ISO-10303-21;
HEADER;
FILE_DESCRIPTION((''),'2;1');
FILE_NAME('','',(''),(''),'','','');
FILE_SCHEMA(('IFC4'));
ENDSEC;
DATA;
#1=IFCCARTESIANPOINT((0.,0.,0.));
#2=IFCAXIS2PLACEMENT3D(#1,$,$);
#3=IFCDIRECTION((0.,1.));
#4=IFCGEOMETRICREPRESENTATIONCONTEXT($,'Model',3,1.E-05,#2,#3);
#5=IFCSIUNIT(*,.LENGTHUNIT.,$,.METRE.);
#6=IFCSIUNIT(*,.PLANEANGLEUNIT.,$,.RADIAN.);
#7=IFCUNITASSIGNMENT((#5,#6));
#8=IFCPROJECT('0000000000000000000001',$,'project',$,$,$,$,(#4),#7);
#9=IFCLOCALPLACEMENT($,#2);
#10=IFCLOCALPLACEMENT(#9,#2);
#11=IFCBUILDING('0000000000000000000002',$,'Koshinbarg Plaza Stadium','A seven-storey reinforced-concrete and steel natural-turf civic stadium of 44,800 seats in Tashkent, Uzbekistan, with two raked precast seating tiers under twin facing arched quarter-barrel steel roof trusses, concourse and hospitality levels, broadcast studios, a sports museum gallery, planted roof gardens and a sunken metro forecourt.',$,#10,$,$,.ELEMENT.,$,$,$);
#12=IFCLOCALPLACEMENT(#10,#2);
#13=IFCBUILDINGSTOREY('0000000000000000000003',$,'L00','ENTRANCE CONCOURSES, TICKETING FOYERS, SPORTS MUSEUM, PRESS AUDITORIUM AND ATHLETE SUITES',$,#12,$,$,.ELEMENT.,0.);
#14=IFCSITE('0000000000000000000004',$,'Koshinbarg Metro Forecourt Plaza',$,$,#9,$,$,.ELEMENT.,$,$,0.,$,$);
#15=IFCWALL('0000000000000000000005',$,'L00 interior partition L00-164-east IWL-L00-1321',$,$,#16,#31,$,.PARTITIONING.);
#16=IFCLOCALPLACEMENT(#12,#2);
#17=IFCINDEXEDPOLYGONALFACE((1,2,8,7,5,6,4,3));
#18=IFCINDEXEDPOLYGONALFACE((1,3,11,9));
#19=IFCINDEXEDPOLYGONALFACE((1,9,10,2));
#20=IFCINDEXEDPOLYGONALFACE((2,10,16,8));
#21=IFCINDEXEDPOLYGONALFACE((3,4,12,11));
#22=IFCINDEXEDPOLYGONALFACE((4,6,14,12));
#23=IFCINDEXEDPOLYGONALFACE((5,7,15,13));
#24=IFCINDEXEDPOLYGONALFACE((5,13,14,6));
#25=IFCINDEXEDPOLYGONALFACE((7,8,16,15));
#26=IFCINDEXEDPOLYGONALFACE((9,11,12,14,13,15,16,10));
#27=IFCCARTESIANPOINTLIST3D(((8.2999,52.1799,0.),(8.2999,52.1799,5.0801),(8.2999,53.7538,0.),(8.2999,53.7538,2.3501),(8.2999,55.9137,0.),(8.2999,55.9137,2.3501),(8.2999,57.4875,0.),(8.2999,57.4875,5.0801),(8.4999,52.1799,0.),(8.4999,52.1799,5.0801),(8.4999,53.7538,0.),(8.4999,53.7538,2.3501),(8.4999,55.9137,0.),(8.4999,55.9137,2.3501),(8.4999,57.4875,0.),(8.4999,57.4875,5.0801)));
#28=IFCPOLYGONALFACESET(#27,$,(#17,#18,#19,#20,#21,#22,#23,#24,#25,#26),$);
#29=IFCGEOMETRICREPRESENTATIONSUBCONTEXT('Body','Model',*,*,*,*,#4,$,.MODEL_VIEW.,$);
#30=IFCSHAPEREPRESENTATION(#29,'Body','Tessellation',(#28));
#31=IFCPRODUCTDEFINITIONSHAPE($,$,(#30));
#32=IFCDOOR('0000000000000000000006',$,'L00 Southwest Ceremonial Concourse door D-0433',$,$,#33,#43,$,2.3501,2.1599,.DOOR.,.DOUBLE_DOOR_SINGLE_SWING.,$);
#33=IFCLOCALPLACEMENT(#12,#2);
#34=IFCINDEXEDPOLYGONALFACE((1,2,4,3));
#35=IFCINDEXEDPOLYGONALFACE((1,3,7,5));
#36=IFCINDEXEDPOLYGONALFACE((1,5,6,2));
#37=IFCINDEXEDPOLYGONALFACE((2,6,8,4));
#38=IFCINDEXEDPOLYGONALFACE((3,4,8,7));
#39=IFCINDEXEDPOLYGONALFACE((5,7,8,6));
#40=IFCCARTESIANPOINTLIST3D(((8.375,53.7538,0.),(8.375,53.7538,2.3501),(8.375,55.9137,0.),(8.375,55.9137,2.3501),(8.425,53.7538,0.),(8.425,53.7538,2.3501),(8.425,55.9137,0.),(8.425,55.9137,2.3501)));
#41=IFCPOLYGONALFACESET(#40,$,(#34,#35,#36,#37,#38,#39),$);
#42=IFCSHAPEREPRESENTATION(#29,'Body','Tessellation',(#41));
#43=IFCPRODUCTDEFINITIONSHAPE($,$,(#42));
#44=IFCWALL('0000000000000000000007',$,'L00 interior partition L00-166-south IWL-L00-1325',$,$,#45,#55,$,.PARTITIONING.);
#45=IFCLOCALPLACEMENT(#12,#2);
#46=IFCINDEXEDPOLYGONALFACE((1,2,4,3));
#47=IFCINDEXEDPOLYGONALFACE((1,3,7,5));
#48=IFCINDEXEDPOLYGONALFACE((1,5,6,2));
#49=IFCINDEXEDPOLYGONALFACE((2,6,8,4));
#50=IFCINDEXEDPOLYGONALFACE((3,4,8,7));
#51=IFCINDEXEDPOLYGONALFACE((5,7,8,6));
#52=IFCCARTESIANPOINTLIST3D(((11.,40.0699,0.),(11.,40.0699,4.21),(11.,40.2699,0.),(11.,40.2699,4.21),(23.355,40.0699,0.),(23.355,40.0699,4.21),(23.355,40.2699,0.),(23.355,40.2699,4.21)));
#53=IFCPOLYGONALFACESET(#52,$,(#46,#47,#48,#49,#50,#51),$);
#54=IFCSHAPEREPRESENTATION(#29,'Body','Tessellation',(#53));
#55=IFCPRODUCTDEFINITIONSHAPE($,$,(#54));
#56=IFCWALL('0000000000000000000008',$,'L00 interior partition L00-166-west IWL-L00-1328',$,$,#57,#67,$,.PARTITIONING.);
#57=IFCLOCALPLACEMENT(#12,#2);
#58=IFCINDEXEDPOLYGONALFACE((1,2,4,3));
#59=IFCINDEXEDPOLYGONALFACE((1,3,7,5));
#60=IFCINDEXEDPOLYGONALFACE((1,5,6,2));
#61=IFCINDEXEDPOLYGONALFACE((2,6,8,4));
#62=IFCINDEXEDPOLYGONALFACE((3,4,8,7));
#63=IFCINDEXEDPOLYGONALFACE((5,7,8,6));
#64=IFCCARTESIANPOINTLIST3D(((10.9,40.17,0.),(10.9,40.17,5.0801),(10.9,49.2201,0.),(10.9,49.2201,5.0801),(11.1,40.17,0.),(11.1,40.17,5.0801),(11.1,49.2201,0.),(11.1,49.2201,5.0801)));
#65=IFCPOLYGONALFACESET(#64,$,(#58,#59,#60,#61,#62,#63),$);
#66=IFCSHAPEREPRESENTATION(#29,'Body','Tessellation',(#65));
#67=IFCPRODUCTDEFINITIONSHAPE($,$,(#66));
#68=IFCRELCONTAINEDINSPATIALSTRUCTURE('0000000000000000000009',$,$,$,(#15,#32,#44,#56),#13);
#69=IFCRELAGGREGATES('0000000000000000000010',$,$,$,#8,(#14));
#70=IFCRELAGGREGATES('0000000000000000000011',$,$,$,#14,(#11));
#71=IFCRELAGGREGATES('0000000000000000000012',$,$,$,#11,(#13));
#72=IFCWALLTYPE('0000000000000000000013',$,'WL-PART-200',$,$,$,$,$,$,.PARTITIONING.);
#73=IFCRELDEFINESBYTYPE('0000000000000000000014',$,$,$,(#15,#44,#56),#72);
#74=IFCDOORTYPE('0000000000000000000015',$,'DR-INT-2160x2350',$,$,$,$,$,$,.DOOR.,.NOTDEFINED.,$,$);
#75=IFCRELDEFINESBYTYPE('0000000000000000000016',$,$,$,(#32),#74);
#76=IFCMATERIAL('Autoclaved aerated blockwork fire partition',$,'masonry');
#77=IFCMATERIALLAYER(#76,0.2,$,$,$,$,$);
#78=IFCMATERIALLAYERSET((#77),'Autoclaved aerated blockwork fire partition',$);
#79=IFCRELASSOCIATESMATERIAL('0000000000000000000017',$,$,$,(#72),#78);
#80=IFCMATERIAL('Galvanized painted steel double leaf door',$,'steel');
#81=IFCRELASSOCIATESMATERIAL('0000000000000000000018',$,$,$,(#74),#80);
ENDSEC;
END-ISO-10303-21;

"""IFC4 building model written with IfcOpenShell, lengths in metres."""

from ifc_helpers import new_model, si_unit, direction, frame, frame_2d, origin, place, context, subcontext, project, spatial, rectangle, extrude, material, layer, layer_set, type_object, element, fill, save


model = new_model("IFC4")

# Units and contexts
model_context = context("Model", 3, precision=1e-05, world=origin(), true_north=direction((0.0, 1.0)))
body_context = subcontext(model_context, "Body", "Model", "MODEL_VIEW")
ifc_project = project(units=[si_unit("LENGTHUNIT", "METRE"), si_unit("PLANEANGLEUNIT", "RADIAN")], contexts=[model_context])

# Site, building, storey
site_placement = place(None, origin())
site = spatial("IfcSite", under=ifc_project, at=site_placement, Name="Koshinbarg Metro Forecourt Plaza", CompositionType="ELEMENT", RefElevation=0.0)
building_placement = place(site_placement, origin())
building = spatial("IfcBuilding", under=site, at=building_placement, Name="Koshinbarg Plaza Stadium", Description="A seven-storey reinforced-concrete and steel natural-turf civic stadium of 44,800 seats in Tashkent, Uzbekistan, with two raked precast seating tiers under twin facing arched quarter-barrel steel roof trusses, concourse and hospitality levels, broadcast studios, a sports museum gallery, planted roof gardens and a sunken metro forecourt.", CompositionType="ELEMENT")
storey_placement = place(building_placement, origin())
storey = spatial("IfcBuildingStorey", under=building, at=storey_placement, Name="L00", Description="ENTRANCE CONCOURSES, TICKETING FOYERS, SPORTS MUSEUM, PRESS AUDITORIUM AND ATHLETE SUITES", CompositionType="ELEMENT", Elevation=0.0)

# Shared definitions
ifc_material_1 = material(Name="Autoclaved aerated blockwork fire partition", Category="masonry")
ifc_layer_1 = layer(ifc_material_1, 0.2)
ifc_layer_set_1 = layer_set([ifc_layer_1], Name="Autoclaved aerated blockwork fire partition")
wall_type_1 = type_object("IfcWallType", Name="WL-PART-200", PredefinedType="PARTITIONING", material=ifc_layer_set_1)

# Wall, opening, door
wall_1_placement = place(storey_placement, frame((8.3999, 52.1799, 0.0), z_axis=(0.0, 0.0, 1.0), x_axis=(0.0, 1.0, 0.0)))
wall_1 = element("IfcWall", 1, at=wall_1_placement, inside=storey, type_object=wall_type_1, Name="L00 interior partition L00-164-east IWL-L00-1321", PredefinedType="PARTITIONING", context=body_context, shape_type="SweptSolid", body=[
    extrude(rectangle(XDim=5.3076, YDim=0.2, at=frame_2d((2.6538, 0.0))), origin(), (0.0, 0.0, 1.0), 5.0801),
])
opening_1_placement = place(wall_1_placement, frame((1.5737, 0.0, 0.0)))
opening_1 = element("IfcOpeningElement", 2, at=opening_1_placement, cuts=wall_1, PredefinedType="OPENING", context=body_context, shape_type="SweptSolid", body=[
    extrude(rectangle(XDim=2.1599, YDim=2.3501, at=frame_2d((1.0801, 1.175))), frame((0.0, 0.1099, 0.0), z_axis=(0.0, -1.0, 0.0), x_axis=(1.0, 0.0, 0.0)), (0.0, 0.0, 1.0), 0.22),
])
ifc_material_2 = material(Name="Galvanized painted steel double leaf door", Category="steel")
door_type_1 = type_object("IfcDoorType", Name="DR-INT-2160x2350", OperationType="NOTDEFINED", PredefinedType="DOOR", material=ifc_material_2)
door_1_placement = place(opening_1_placement, origin())
door_1 = element("IfcDoor", 3, at=door_1_placement, inside=storey, type_object=door_type_1, Name="L00 Southwest Ceremonial Concourse door D-0433", OperationType="DOUBLE_DOOR_SINGLE_SWING", OverallHeight=2.3501, OverallWidth=2.1599, PredefinedType="DOOR", context=body_context, shape_type="SweptSolid", body=[
    extrude(rectangle(XDim=2.1599, YDim=2.3501, at=frame_2d((1.0801, 1.175))), frame((0.0, 0.0249, 0.0), z_axis=(0.0, -1.0, 0.0), x_axis=(1.0, 0.0, 0.0)), (0.0, 0.0, 1.0), 0.05),
])
fill(opening_1, door_1)

# Walls
wall_2_placement = place(storey_placement, frame((11.0, 40.1699, 0.0), z_axis=(0.0, 0.0, 1.0), x_axis=(1.0, 0.0, 0.0)))
element("IfcWall", 4, at=wall_2_placement, inside=storey, type_object=wall_type_1, Name="L00 interior partition L00-166-south IWL-L00-1325", PredefinedType="PARTITIONING", context=body_context, shape_type="SweptSolid", body=[
    extrude(rectangle(XDim=12.355, YDim=0.2, at=frame_2d((6.1775, 0.0))), origin(), (0.0, 0.0, 1.0), 4.21),
])
wall_3_placement = place(storey_placement, frame((11.0, 49.22, 0.0), z_axis=(0.0, 0.0, 1.0), x_axis=(0.0, -1.0, 0.0)))
element("IfcWall", 5, at=wall_3_placement, inside=storey, type_object=wall_type_1, Name="L00 interior partition L00-166-west IWL-L00-1328", PredefinedType="PARTITIONING", context=body_context, shape_type="SweptSolid", body=[
    extrude(rectangle(XDim=9.05, YDim=0.2, at=frame_2d((4.5249, 0.0))), origin(), (0.0, 0.0, 1.0), 5.0801),
])

save(model, "model.ifc")
